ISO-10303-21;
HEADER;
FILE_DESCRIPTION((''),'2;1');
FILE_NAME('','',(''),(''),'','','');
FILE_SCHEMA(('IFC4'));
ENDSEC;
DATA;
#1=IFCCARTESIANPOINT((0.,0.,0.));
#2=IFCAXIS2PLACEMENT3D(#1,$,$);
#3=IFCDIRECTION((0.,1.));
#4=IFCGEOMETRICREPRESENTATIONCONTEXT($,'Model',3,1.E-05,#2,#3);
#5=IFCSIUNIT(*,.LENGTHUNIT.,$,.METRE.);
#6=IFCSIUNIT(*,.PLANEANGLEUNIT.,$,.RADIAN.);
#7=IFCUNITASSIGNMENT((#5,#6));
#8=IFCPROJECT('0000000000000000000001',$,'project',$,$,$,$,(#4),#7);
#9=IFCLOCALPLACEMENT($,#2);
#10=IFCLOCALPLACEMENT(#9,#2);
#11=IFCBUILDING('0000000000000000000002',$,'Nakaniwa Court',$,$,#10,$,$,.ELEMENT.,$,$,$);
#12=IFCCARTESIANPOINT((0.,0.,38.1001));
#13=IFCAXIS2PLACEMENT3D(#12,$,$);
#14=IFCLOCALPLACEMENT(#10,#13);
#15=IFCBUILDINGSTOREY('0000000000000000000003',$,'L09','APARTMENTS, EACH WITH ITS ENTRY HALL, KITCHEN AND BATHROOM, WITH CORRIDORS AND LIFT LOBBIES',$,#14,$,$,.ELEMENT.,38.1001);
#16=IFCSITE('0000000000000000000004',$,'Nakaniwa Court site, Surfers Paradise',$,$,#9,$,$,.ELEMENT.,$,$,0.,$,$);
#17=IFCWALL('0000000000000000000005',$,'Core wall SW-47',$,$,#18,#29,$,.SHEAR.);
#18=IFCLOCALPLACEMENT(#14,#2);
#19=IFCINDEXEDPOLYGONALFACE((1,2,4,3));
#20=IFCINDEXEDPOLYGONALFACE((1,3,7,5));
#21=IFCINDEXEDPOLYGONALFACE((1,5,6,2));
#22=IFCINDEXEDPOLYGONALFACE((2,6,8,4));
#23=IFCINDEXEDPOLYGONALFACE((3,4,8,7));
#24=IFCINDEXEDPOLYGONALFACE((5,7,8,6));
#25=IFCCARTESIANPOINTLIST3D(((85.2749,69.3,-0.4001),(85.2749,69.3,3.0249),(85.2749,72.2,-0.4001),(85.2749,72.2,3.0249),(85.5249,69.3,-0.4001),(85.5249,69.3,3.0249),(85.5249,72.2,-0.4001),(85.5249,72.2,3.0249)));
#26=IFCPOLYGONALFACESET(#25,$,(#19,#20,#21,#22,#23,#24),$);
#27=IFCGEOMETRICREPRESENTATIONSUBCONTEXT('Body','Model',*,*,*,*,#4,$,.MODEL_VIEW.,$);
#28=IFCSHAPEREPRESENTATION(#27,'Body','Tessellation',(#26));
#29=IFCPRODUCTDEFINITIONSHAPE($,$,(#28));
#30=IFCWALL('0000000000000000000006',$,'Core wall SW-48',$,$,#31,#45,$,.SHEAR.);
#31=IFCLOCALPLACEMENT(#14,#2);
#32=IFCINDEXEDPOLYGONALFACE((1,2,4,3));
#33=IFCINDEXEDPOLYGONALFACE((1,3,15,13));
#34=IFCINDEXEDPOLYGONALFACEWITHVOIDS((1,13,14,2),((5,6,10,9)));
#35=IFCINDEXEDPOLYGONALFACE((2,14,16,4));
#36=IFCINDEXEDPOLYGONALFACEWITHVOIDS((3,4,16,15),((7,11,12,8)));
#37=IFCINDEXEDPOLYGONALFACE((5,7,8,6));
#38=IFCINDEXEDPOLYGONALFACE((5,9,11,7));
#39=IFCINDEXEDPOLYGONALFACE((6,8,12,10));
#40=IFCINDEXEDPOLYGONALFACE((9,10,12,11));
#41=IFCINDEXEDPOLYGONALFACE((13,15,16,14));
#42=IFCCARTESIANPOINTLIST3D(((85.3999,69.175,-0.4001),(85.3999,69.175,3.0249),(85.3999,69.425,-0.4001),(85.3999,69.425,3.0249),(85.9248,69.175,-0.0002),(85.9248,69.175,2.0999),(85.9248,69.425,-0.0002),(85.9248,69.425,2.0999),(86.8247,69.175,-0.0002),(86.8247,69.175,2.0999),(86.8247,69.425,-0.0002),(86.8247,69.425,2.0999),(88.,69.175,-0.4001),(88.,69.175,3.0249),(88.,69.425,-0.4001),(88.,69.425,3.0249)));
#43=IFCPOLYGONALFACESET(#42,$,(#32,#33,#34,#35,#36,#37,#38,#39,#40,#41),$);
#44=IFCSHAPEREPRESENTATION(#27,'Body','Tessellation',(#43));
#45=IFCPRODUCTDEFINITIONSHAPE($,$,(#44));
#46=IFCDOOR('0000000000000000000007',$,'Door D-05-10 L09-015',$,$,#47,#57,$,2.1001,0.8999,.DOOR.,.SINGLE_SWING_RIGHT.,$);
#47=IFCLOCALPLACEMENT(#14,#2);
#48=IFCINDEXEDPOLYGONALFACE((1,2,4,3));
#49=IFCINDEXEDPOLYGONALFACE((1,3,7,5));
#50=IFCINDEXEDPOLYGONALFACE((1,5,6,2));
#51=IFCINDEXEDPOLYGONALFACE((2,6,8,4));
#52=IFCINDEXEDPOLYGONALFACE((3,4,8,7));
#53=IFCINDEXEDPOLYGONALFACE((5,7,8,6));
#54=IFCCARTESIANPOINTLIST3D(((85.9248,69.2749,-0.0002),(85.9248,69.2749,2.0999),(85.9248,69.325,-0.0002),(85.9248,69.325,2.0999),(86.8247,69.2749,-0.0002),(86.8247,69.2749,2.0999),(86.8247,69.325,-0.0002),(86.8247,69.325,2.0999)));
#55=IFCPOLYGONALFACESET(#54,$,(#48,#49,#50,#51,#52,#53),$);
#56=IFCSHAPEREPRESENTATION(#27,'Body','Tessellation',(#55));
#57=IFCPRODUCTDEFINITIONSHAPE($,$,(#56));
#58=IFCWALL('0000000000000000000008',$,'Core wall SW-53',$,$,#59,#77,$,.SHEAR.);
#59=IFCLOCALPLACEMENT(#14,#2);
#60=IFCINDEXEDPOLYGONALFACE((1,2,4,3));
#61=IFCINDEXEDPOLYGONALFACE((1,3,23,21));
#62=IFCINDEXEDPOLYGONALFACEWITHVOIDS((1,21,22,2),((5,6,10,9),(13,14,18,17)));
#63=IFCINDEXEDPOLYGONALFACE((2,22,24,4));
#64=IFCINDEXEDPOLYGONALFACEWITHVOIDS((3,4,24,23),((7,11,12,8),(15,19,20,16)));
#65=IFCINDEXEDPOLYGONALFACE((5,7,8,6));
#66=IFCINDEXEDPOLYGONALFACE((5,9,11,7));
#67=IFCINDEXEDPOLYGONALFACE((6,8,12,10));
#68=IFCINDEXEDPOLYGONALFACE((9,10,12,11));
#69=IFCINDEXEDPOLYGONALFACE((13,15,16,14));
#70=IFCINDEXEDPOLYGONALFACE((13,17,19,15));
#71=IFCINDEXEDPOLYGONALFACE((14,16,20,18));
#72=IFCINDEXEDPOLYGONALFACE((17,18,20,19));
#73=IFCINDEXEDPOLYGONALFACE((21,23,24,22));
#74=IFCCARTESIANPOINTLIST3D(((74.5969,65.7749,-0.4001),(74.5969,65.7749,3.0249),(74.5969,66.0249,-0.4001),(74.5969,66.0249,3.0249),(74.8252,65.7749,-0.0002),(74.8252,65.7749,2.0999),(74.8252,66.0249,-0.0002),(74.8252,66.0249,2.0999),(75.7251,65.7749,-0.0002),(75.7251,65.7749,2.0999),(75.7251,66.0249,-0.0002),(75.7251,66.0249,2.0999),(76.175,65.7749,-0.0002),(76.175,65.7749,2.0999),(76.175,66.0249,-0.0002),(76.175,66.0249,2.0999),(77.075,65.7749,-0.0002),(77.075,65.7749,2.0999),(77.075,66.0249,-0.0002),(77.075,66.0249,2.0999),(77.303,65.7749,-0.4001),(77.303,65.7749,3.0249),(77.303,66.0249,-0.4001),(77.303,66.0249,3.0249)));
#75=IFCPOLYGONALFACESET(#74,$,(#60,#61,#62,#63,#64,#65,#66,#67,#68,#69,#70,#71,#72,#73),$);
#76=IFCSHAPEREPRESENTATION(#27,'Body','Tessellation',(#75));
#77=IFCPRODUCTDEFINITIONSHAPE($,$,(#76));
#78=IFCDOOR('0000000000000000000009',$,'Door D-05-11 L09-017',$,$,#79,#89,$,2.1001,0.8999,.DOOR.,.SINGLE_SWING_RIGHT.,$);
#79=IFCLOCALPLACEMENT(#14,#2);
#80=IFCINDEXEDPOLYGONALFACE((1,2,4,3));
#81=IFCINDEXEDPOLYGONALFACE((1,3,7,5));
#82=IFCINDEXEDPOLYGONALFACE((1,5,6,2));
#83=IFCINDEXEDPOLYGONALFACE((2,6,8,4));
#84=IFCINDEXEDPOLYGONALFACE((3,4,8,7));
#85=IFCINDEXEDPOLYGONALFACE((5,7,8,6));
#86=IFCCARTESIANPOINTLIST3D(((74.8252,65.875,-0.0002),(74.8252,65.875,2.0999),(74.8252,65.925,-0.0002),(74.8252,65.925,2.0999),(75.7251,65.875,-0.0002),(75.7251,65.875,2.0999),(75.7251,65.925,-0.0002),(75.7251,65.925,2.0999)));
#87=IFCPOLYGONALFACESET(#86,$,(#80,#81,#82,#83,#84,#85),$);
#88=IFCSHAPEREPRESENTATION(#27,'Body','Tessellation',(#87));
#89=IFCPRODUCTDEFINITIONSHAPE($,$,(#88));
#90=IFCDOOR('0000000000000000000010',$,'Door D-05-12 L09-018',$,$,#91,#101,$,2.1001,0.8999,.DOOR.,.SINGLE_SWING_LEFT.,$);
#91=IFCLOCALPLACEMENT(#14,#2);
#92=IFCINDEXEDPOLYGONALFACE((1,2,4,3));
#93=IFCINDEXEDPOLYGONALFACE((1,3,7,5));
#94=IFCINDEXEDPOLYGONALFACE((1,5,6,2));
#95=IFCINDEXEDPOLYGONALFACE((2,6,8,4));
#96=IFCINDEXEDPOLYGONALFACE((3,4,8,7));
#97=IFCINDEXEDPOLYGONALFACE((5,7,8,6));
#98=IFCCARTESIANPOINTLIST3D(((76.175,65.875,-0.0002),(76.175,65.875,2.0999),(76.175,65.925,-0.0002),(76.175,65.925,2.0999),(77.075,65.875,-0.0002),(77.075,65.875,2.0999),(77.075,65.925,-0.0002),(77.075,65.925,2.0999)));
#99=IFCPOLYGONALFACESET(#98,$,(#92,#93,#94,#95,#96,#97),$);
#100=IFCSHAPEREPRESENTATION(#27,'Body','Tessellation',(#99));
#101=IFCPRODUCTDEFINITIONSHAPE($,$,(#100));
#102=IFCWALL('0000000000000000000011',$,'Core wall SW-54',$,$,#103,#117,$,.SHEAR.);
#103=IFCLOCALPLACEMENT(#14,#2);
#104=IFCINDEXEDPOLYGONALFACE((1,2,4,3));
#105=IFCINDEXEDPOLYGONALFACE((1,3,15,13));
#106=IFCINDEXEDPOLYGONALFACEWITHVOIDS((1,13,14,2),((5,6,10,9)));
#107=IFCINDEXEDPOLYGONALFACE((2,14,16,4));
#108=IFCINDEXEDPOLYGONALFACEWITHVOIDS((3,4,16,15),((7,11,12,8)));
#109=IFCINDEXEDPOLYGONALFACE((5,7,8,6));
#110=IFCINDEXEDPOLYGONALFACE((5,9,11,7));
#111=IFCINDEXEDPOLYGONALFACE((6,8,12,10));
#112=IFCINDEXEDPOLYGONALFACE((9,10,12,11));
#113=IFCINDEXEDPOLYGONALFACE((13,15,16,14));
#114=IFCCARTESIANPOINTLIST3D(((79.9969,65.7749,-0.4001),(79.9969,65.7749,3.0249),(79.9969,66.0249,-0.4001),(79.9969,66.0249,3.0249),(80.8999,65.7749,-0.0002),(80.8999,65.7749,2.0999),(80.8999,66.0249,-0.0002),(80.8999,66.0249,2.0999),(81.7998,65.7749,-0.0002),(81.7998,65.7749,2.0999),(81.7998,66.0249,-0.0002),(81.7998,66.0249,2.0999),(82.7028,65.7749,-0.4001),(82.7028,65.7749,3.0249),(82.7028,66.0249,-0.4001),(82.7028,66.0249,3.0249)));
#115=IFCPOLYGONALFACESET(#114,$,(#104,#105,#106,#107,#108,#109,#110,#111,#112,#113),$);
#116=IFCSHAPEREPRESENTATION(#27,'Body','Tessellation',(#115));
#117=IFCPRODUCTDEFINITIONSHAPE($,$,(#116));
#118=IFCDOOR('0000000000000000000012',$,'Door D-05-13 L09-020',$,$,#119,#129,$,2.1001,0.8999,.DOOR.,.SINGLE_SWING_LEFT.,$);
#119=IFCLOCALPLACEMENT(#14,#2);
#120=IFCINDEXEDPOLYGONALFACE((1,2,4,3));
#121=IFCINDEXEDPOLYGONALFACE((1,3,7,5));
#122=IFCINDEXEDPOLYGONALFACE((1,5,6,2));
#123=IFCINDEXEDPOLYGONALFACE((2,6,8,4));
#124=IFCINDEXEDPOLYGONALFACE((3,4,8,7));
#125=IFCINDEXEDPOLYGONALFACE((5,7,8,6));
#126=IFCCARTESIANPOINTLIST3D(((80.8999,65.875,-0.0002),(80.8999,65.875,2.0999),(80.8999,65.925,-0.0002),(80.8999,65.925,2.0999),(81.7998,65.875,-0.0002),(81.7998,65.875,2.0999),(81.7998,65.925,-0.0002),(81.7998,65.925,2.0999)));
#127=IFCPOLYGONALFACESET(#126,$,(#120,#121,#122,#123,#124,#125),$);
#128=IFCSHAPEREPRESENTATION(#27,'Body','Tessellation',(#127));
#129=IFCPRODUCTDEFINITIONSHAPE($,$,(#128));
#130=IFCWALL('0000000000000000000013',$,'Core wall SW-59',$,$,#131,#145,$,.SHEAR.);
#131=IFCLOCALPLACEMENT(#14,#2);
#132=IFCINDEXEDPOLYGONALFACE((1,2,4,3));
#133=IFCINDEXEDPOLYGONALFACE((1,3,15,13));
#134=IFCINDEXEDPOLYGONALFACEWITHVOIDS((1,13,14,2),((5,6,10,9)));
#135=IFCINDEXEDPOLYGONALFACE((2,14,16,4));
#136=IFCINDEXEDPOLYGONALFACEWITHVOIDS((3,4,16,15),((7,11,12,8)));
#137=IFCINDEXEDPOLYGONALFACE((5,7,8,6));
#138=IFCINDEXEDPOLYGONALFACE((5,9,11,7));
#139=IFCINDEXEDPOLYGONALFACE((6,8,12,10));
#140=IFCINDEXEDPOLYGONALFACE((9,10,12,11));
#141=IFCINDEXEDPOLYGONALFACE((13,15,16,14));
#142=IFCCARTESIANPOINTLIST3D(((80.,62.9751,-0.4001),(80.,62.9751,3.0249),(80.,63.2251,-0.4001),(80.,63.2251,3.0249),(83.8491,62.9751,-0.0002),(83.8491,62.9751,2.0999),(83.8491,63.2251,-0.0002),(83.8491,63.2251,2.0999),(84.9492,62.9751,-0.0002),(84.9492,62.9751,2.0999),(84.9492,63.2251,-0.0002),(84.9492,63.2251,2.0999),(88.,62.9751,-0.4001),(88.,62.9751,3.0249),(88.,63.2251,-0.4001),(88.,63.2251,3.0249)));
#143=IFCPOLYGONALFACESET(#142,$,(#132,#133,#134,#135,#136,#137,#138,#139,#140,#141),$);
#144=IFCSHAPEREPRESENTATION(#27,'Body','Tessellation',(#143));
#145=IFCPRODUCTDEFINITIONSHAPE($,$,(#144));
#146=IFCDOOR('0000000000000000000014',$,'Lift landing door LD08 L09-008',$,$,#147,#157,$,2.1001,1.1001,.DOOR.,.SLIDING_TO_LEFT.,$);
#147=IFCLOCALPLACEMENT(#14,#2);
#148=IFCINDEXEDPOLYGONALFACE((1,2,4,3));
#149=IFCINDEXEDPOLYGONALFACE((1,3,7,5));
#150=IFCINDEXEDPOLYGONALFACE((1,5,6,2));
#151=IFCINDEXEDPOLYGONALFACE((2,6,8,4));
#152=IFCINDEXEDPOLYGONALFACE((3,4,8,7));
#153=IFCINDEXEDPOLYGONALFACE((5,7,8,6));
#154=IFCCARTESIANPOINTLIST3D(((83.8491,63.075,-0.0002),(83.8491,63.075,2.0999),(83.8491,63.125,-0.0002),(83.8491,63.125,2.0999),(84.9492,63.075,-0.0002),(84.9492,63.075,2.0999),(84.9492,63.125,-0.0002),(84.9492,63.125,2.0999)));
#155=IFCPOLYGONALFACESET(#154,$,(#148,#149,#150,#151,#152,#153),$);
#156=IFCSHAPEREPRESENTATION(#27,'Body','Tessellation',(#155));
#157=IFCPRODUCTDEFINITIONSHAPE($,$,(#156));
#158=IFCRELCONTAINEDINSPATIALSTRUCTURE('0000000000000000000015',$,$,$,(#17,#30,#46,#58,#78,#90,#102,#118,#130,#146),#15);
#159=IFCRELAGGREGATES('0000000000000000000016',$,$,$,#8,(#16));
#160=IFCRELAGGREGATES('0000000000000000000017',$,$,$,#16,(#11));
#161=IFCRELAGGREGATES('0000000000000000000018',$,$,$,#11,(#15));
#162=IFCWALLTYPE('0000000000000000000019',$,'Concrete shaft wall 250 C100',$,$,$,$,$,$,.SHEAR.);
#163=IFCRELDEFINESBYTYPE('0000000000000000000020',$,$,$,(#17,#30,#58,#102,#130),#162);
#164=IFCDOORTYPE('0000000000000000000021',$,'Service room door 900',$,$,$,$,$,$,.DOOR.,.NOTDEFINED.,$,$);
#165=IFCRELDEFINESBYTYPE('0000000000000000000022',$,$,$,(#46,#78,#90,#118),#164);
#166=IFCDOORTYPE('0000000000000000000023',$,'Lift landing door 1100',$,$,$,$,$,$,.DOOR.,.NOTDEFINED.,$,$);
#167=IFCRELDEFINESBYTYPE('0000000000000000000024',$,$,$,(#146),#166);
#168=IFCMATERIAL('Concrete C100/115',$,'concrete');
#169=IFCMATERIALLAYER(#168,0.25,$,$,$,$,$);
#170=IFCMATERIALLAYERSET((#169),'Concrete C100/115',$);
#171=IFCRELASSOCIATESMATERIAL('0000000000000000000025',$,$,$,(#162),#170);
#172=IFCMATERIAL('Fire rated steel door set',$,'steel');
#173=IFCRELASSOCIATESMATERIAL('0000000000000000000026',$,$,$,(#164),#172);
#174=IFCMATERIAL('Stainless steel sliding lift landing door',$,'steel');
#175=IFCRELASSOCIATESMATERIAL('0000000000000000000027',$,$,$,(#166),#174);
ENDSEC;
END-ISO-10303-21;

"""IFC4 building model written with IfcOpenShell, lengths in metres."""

from ifc_helpers import new_model, si_unit, direction, frame, frame_2d, origin, place, context, subcontext, project, spatial, rectangle, extrude, material, layer, layer_set, type_object, element, fill, save


model = new_model("IFC4")

# Units and contexts
model_context = context("Model", 3, precision=1e-05, world=origin(), true_north=direction((0.0, 1.0)))
body_context = subcontext(model_context, "Body", "Model", "MODEL_VIEW")
ifc_project = project(units=[si_unit("LENGTHUNIT", "METRE"), si_unit("PLANEANGLEUNIT", "RADIAN")], contexts=[model_context])

# Site, building, storey
site_placement = place(None, origin())
site = spatial("IfcSite", under=ifc_project, at=site_placement, Name="Nakaniwa Court site, Surfers Paradise", CompositionType="ELEMENT", RefElevation=0.0)
building_placement = place(site_placement, origin())
building = spatial("IfcBuilding", under=site, at=building_placement, Name="Nakaniwa Court", CompositionType="ELEMENT")
storey_placement = place(building_placement, frame((0.0, 0.0, 38.1001)))
storey = spatial("IfcBuildingStorey", under=building, at=storey_placement, Name="L09", Description="APARTMENTS, EACH WITH ITS ENTRY HALL, KITCHEN AND BATHROOM, WITH CORRIDORS AND LIFT LOBBIES", CompositionType="ELEMENT", Elevation=38.1001)

# Shared definitions
ifc_material_1 = material(Name="Fire rated steel door set", Category="steel")

# Wall
ifc_material_2 = material(Name="Concrete C100/115", Category="concrete")
ifc_layer_1 = layer(ifc_material_2, 0.25)
ifc_layer_set_1 = layer_set([ifc_layer_1], Name="Concrete C100/115")
wall_type_1 = type_object("IfcWallType", Name="Concrete shaft wall 250 C100", PredefinedType="SHEAR", material=ifc_layer_set_1)
wall_1_placement = place(storey_placement, frame((85.3999, 69.3, -0.4001), z_axis=(0.0, 0.0, 1.0), x_axis=(0.0, 1.0, 0.0)))
element("IfcWall", 1, at=wall_1_placement, inside=storey, type_object=wall_type_1, Name="Core wall SW-47", PredefinedType="SHEAR", context=body_context, shape_type="SweptSolid", body=[
    extrude(rectangle(XDim=2.8999, YDim=0.25, at=frame_2d((1.45, 0.0))), origin(), (0.0, 0.0, 1.0), 3.425),
])

# Wall, opening, door
wall_2_placement = place(storey_placement, frame((85.3999, 69.3, -0.4001), z_axis=(0.0, 0.0, 1.0), x_axis=(1.0, 0.0, 0.0)))
wall_2 = element("IfcWall", 2, at=wall_2_placement, inside=storey, type_object=wall_type_1, Name="Core wall SW-48", PredefinedType="SHEAR", context=body_context, shape_type="SweptSolid", body=[
    extrude(rectangle(XDim=2.6001, YDim=0.25, at=frame_2d((1.3, 0.0))), origin(), (0.0, 0.0, 1.0), 3.425),
])
opening_1_placement = place(wall_2_placement, frame((0.5249, 0.0, 0.3999)))
opening_1 = element("IfcOpeningElement", 3, at=opening_1_placement, cuts=wall_2, PredefinedType="OPENING", context=body_context, shape_type="SweptSolid", body=[
    extrude(rectangle(XDim=0.8999, YDim=2.1001, at=frame_2d((0.45, 1.05))), frame((0.0, 0.135, 0.0), z_axis=(0.0, -1.0, 0.0), x_axis=(1.0, 0.0, 0.0)), (0.0, 0.0, 1.0), 0.27),
])
door_type_1 = type_object("IfcDoorType", Name="Service room door 900", OperationType="NOTDEFINED", PredefinedType="DOOR", material=ifc_material_1)
door_1_placement = place(opening_1_placement, origin())
door_1 = element("IfcDoor", 4, at=door_1_placement, inside=storey, type_object=door_type_1, Name="Door D-05-10 L09-015", OperationType="SINGLE_SWING_RIGHT", OverallHeight=2.1001, OverallWidth=0.8999, PredefinedType="DOOR", context=body_context, shape_type="SweptSolid", body=[
    extrude(rectangle(XDim=0.8999, YDim=2.1001, at=frame_2d((0.45, 1.05))), frame((0.0, 0.0249, 0.0), z_axis=(0.0, -1.0, 0.0), x_axis=(1.0, 0.0, 0.0)), (0.0, 0.0, 1.0), 0.05),
])
fill(opening_1, door_1)

# Wall, openings, doors
wall_3_placement = place(storey_placement, frame((77.303, 65.8999, -0.4001), z_axis=(0.0, 0.0, 1.0), x_axis=(-1.0, 0.0, 0.0)))
wall_3 = element("IfcWall", 5, at=wall_3_placement, inside=storey, type_object=wall_type_1, Name="Core wall SW-53", PredefinedType="SHEAR", context=body_context, shape_type="SweptSolid", body=[
    extrude(rectangle(XDim=2.7061, YDim=0.25, at=frame_2d((1.353, 0.0))), origin(), (0.0, 0.0, 1.0), 3.425),
])
opening_2_placement = place(wall_3_placement, frame((1.5779, 0.0, 0.3999)))
opening_2 = element("IfcOpeningElement", 6, at=opening_2_placement, cuts=wall_3, PredefinedType="OPENING", context=body_context, shape_type="SweptSolid", body=[
    extrude(rectangle(XDim=0.8999, YDim=2.1001, at=frame_2d((0.45, 1.05))), frame((0.0, 0.135, 0.0), z_axis=(0.0, -1.0, 0.0), x_axis=(1.0, 0.0, 0.0)), (0.0, 0.0, 1.0), 0.27),
])
opening_3_placement = place(wall_3_placement, frame((0.228, 0.0, 0.3999)))
opening_3 = element("IfcOpeningElement", 7, at=opening_3_placement, cuts=wall_3, PredefinedType="OPENING", context=body_context, shape_type="SweptSolid", body=[
    extrude(rectangle(XDim=0.8999, YDim=2.1001, at=frame_2d((0.45, 1.05))), frame((0.0, 0.135, 0.0), z_axis=(0.0, -1.0, 0.0), x_axis=(1.0, 0.0, 0.0)), (0.0, 0.0, 1.0), 0.27),
])
door_2_placement = place(opening_2_placement, origin())
door_2 = element("IfcDoor", 8, at=door_2_placement, inside=storey, type_object=door_type_1, Name="Door D-05-11 L09-017", OperationType="SINGLE_SWING_RIGHT", OverallHeight=2.1001, OverallWidth=0.8999, PredefinedType="DOOR", context=body_context, shape_type="SweptSolid", body=[
    extrude(rectangle(XDim=0.8999, YDim=2.1001, at=frame_2d((0.45, 1.05))), frame((0.0, 0.0249, 0.0), z_axis=(0.0, -1.0, 0.0), x_axis=(1.0, 0.0, 0.0)), (0.0, 0.0, 1.0), 0.05),
])
fill(opening_2, door_2)
door_3_placement = place(opening_3_placement, origin())
door_3 = element("IfcDoor", 9, at=door_3_placement, inside=storey, type_object=door_type_1, Name="Door D-05-12 L09-018", OperationType="SINGLE_SWING_LEFT", OverallHeight=2.1001, OverallWidth=0.8999, PredefinedType="DOOR", context=body_context, shape_type="SweptSolid", body=[
    extrude(rectangle(XDim=0.8999, YDim=2.1001, at=frame_2d((0.45, 1.05))), frame((0.0, 0.0249, 0.0), z_axis=(0.0, -1.0, 0.0), x_axis=(1.0, 0.0, 0.0)), (0.0, 0.0, 1.0), 0.05),
])
fill(opening_3, door_3)

# Walls, openings, doors
wall_4_placement = place(storey_placement, frame((82.7029, 65.8999, -0.4001), z_axis=(0.0, 0.0, 1.0), x_axis=(-1.0, 0.0, 0.0)))
wall_4 = element("IfcWall", 10, at=wall_4_placement, inside=storey, type_object=wall_type_1, Name="Core wall SW-54", PredefinedType="SHEAR", context=body_context, shape_type="SweptSolid", body=[
    extrude(rectangle(XDim=2.7058, YDim=0.25, at=frame_2d((1.353, 0.0))), origin(), (0.0, 0.0, 1.0), 3.425),
])
opening_4_placement = place(wall_4_placement, frame((0.9031, 0.0, 0.3999)))
opening_4 = element("IfcOpeningElement", 11, at=opening_4_placement, cuts=wall_4, PredefinedType="OPENING", context=body_context, shape_type="SweptSolid", body=[
    extrude(rectangle(XDim=0.8999, YDim=2.1001, at=frame_2d((0.45, 1.05))), frame((0.0, 0.135, 0.0), z_axis=(0.0, -1.0, 0.0), x_axis=(1.0, 0.0, 0.0)), (0.0, 0.0, 1.0), 0.27),
])
door_4_placement = place(opening_4_placement, origin())
door_4 = element("IfcDoor", 12, at=door_4_placement, inside=storey, type_object=door_type_1, Name="Door D-05-13 L09-020", OperationType="SINGLE_SWING_LEFT", OverallHeight=2.1001, OverallWidth=0.8999, PredefinedType="DOOR", context=body_context, shape_type="SweptSolid", body=[
    extrude(rectangle(XDim=0.8999, YDim=2.1001, at=frame_2d((0.45, 1.05))), frame((0.0, 0.0249, 0.0), z_axis=(0.0, -1.0, 0.0), x_axis=(1.0, 0.0, 0.0)), (0.0, 0.0, 1.0), 0.05),
])
fill(opening_4, door_4)
wall_5_placement = place(storey_placement, frame((80.0, 63.1001, -0.4001), z_axis=(0.0, 0.0, 1.0), x_axis=(1.0, 0.0, 0.0)))
wall_5 = element("IfcWall", 13, at=wall_5_placement, inside=storey, type_object=wall_type_1, Name="Core wall SW-59", PredefinedType="SHEAR", context=body_context, shape_type="SweptSolid", body=[
    extrude(rectangle(XDim=8.0, YDim=0.25, at=frame_2d((4.0, 0.0))), origin(), (0.0, 0.0, 1.0), 3.425),
])
opening_5_placement = place(wall_5_placement, frame((3.8491, 0.0, 0.3999)))
opening_5 = element("IfcOpeningElement", 14, at=opening_5_placement, cuts=wall_5, PredefinedType="OPENING", context=body_context, shape_type="SweptSolid", body=[
    extrude(rectangle(XDim=1.1001, YDim=2.1001, at=frame_2d((0.55, 1.05))), frame((0.0, 0.135, 0.0), z_axis=(0.0, -1.0, 0.0), x_axis=(1.0, 0.0, 0.0)), (0.0, 0.0, 1.0), 0.27),
])
ifc_material_3 = material(Name="Stainless steel sliding lift landing door", Category="steel")
door_type_2 = type_object("IfcDoorType", Name="Lift landing door 1100", OperationType="NOTDEFINED", PredefinedType="DOOR", material=ifc_material_3)
door_5_placement = place(opening_5_placement, origin())
door_5 = element("IfcDoor", 15, at=door_5_placement, inside=storey, type_object=door_type_2, Name="Lift landing door LD08 L09-008", OperationType="SLIDING_TO_LEFT", OverallHeight=2.1001, OverallWidth=1.1001, PredefinedType="DOOR", context=body_context, shape_type="SweptSolid", body=[
    extrude(rectangle(XDim=1.1001, YDim=2.1001, at=frame_2d((0.55, 1.05))), frame((0.0, 0.0249, 0.0), z_axis=(0.0, -1.0, 0.0), x_axis=(1.0, 0.0, 0.0)), (0.0, 0.0, 1.0), 0.05),
])
fill(opening_5, door_5)

save(model, "model.ifc")
